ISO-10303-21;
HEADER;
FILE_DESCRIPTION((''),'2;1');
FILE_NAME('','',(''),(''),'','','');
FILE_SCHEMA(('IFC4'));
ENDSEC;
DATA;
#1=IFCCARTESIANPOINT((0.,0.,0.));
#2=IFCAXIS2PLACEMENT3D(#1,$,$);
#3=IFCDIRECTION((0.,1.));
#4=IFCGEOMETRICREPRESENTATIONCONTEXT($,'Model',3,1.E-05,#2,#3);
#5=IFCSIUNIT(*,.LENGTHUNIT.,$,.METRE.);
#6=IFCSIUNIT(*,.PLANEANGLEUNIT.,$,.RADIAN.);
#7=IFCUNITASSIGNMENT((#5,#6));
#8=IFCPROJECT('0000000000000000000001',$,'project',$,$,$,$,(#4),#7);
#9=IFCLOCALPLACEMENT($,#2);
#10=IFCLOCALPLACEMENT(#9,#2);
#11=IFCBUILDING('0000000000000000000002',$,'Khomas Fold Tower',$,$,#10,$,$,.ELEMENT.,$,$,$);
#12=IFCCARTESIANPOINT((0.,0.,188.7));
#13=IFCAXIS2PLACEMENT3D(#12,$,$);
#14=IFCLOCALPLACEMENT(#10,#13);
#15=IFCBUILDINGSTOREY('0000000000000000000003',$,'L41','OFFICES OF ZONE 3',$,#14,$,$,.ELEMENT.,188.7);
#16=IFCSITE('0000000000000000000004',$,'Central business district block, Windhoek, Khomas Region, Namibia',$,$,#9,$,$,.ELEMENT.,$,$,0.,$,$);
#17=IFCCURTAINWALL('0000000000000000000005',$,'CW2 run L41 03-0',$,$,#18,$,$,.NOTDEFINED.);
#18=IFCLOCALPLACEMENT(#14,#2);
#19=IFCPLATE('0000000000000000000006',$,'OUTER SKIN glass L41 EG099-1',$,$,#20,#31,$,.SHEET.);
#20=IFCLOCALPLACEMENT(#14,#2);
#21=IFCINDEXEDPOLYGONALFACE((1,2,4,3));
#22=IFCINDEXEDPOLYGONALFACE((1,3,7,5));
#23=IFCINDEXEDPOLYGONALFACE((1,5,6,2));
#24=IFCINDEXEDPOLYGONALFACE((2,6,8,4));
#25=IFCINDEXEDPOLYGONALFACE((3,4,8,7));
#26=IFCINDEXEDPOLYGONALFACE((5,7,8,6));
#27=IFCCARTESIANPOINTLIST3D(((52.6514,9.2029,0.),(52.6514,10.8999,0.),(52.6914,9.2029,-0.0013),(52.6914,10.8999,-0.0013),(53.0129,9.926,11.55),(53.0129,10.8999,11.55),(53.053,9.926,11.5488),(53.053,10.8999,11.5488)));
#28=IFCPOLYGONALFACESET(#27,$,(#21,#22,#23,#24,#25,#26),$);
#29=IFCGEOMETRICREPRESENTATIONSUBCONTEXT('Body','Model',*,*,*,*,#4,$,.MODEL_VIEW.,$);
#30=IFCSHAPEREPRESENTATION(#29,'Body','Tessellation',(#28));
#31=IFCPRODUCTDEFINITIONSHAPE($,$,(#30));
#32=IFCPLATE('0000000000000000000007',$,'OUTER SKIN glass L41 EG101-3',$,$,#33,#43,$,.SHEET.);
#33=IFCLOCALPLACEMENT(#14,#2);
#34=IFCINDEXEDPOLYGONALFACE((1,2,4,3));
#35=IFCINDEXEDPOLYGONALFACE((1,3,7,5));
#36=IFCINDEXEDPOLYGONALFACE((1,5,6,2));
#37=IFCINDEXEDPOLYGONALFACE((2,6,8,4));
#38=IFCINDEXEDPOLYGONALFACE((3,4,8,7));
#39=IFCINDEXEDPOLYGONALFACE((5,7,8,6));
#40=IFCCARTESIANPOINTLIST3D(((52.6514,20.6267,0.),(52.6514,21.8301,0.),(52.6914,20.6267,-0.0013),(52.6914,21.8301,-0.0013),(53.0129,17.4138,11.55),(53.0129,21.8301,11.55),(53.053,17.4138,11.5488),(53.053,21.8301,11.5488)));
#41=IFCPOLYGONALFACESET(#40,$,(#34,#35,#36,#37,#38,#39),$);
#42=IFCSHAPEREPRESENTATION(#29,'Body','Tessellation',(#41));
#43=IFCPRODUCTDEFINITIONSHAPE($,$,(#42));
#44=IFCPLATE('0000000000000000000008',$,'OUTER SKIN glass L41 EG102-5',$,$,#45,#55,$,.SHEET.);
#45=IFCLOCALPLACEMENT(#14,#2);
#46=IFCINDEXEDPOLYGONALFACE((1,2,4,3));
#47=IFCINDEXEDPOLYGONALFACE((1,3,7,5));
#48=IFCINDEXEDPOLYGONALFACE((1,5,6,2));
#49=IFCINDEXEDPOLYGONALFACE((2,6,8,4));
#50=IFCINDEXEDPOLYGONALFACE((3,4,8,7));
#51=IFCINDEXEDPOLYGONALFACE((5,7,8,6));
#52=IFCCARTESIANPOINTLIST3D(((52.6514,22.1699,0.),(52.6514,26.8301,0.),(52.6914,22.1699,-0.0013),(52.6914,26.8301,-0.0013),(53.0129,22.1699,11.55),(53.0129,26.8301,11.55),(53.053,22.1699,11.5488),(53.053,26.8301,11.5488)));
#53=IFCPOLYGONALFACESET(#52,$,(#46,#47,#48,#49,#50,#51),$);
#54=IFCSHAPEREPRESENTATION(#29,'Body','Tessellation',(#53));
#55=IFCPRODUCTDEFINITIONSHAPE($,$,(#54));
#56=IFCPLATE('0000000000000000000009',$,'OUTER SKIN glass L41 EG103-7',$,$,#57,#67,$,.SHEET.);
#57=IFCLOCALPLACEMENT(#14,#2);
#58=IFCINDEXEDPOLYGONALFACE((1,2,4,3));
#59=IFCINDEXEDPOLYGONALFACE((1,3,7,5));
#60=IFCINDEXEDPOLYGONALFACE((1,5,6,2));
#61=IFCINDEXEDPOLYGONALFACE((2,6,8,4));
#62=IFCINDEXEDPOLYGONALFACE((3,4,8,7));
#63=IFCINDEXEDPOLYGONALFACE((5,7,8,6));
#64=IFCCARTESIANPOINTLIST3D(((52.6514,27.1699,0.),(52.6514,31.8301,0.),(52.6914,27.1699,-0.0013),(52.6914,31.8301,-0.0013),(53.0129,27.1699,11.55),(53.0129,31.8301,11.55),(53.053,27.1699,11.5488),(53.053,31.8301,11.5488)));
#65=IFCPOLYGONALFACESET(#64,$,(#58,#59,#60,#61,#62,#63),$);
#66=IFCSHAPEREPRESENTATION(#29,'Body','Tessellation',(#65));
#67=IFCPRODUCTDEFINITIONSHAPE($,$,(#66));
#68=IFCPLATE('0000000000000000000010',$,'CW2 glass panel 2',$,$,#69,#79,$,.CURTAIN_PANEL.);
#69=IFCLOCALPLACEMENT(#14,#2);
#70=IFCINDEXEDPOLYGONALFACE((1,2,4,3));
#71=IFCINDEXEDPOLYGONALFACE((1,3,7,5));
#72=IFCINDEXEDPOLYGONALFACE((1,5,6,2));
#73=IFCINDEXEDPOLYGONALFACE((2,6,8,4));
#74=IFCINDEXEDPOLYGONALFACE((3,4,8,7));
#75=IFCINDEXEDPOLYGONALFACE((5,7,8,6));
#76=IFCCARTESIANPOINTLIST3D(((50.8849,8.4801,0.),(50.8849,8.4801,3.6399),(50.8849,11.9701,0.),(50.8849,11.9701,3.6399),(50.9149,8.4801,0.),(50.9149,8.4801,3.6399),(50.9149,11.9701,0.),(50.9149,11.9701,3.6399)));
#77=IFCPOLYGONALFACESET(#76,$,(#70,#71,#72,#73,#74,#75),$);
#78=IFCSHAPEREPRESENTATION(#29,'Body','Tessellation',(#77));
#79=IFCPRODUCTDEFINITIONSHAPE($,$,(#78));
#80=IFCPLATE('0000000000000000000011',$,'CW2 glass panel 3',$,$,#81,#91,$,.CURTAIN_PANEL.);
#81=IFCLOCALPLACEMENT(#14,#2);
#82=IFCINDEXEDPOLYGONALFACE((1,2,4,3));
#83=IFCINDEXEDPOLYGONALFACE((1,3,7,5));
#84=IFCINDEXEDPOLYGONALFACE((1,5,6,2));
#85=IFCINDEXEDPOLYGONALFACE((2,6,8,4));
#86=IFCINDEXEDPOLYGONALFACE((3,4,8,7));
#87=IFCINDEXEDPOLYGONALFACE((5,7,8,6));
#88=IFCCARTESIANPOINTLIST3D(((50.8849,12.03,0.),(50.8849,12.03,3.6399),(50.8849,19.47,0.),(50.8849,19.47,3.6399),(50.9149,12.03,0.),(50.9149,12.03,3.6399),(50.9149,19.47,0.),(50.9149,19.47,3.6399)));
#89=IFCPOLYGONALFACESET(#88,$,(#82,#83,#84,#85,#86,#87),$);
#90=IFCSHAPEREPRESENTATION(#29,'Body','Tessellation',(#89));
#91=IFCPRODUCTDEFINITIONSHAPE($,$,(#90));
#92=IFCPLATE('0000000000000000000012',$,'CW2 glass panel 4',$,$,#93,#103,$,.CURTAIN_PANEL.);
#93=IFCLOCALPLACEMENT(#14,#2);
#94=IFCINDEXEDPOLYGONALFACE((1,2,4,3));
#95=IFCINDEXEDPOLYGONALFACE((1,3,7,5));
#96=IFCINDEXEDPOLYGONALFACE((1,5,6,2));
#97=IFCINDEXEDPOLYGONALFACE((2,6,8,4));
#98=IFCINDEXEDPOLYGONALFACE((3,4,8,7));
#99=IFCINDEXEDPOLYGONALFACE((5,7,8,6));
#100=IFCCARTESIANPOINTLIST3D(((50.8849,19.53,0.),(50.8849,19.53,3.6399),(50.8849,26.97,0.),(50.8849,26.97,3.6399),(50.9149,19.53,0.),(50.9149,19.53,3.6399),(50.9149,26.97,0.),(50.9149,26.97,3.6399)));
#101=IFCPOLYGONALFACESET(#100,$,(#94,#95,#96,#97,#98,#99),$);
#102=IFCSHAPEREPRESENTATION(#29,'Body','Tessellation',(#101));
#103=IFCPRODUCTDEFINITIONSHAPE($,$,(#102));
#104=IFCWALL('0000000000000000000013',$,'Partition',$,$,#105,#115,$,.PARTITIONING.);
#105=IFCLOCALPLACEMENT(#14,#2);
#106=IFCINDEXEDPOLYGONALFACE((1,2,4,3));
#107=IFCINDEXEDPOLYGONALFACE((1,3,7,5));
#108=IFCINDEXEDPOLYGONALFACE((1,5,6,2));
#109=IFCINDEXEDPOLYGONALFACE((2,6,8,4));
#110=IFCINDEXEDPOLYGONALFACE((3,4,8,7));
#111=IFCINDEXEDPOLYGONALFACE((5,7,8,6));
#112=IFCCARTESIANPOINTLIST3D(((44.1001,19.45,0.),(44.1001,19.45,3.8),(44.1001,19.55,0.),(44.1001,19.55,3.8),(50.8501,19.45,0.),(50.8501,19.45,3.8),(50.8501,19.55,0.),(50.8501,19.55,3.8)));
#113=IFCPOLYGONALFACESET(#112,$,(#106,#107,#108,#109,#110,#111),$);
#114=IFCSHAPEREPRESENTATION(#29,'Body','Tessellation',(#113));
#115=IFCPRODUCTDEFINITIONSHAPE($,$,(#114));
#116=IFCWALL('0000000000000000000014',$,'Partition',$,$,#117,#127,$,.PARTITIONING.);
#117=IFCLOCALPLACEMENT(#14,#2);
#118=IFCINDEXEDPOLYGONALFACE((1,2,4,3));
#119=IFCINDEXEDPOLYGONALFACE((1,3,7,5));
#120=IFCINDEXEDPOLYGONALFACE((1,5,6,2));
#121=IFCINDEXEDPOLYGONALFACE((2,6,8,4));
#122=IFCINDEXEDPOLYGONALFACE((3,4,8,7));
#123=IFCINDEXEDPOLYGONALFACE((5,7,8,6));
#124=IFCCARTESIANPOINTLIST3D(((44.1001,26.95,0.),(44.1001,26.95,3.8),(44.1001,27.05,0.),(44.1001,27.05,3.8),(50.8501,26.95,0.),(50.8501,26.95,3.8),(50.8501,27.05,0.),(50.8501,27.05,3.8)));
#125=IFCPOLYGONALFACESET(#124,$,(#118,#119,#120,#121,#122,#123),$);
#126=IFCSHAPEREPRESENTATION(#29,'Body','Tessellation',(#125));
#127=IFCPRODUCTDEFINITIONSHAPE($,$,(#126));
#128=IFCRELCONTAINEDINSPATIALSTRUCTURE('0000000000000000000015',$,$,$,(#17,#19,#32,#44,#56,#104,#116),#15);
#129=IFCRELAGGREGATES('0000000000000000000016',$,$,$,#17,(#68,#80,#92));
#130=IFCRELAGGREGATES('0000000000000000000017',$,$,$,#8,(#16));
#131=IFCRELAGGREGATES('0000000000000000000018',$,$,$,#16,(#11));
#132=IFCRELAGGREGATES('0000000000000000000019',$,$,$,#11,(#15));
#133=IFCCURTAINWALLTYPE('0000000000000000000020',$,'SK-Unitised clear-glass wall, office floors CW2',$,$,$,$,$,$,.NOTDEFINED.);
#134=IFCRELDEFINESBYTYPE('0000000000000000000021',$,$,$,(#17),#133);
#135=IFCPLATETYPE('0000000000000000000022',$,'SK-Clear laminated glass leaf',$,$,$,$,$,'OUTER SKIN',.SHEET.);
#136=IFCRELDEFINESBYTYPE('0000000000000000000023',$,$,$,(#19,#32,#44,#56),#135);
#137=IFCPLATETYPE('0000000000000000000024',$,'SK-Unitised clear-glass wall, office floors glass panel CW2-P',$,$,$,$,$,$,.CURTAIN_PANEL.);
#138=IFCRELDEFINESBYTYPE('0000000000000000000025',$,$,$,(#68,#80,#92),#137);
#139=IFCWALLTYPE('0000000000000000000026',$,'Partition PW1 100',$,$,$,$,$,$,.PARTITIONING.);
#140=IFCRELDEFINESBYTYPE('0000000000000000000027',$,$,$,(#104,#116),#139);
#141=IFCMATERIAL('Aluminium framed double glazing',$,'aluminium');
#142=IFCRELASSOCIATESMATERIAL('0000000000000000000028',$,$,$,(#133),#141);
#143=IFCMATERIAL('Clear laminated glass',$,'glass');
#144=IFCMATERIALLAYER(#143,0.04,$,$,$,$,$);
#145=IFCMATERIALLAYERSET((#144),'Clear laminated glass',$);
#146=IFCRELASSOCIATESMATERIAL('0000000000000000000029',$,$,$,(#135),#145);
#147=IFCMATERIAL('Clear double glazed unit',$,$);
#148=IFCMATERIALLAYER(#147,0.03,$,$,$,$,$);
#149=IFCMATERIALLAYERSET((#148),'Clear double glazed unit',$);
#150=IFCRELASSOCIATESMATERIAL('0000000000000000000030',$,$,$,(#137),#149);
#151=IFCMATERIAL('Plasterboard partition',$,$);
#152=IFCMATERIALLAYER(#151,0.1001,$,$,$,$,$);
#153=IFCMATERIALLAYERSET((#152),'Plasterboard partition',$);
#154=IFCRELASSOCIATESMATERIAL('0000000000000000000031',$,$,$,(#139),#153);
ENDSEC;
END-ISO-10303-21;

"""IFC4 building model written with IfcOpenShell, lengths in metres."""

from ifc_helpers import new_model, si_unit, direction, frame, frame_2d, origin, origin_2d, place, context, subcontext, project, spatial, polyline, rectangle, outline, extrude, source, transform, mapped, material, layer, layer_set, type_object, element, aggregate, save


model = new_model("IFC4")

# Units and contexts
model_context = context("Model", 3, precision=1e-05, world=origin(), true_north=direction((0.0, 1.0)))
body_context = subcontext(model_context, "Body", "Model", "MODEL_VIEW")
ifc_project = project(units=[si_unit("LENGTHUNIT", "METRE"), si_unit("PLANEANGLEUNIT", "RADIAN")], contexts=[model_context])

# Site, building, storey
site_placement = place(None, origin())
site = spatial("IfcSite", under=ifc_project, at=site_placement, Name="Central business district block, Windhoek, Khomas Region, Namibia", CompositionType="ELEMENT", RefElevation=0.0)
building_placement = place(site_placement, origin())
building = spatial("IfcBuilding", under=site, at=building_placement, Name="Khomas Fold Tower", CompositionType="ELEMENT")
storey_placement = place(building_placement, frame((0.0, 0.0, 188.7)))
storey = spatial("IfcBuildingStorey", under=building, at=storey_placement, Name="L41", Description="OFFICES OF ZONE 3", CompositionType="ELEMENT", Elevation=188.7)

# Curtain wall
ifc_material_1 = material(Name="Aluminium framed double glazing", Category="aluminium")
curtain_wall_type = type_object("IfcCurtainWallType", Name="SK-Unitised clear-glass wall, office floors CW2", PredefinedType="NOTDEFINED", material=ifc_material_1)
curtain_wall_placement = place(storey_placement, origin())
curtain_wall = element("IfcCurtainWall", 1, at=curtain_wall_placement, inside=storey, type_object=curtain_wall_type, Name="CW2 run L41 03-0", PredefinedType="NOTDEFINED")

# Plates
ifc_material_2 = material(Name="Clear laminated glass", Category="glass")
ifc_layer_1 = layer(ifc_material_2, 0.04)
ifc_layer_set_1 = layer_set([ifc_layer_1], Name="Clear laminated glass")
plate_type_1 = type_object("IfcPlateType", Name="SK-Clear laminated glass leaf", ElementType="OUTER SKIN", PredefinedType="SHEET", material=ifc_layer_set_1)
plate_1_placement = place(storey_placement, frame((52.6514, 10.8999, 0.0), z_axis=(-0.99951, 0.0, 0.031289), x_axis=(0.0, -1.0, 0.0)))
element("IfcPlate", 2, at=plate_1_placement, inside=storey, type_object=plate_type_1, Name="OUTER SKIN glass L41 EG099-1", PredefinedType="SHEET", context=body_context, shape_type="SweptSolid", body=[
    extrude(outline(polyline([(0.0, 0.0), (1.697, 0.0), (0.9739, 11.5557), (0.0, 11.5557), (0.0, 0.0)])), origin(), (0.0, 0.0, -1.0), 0.04),
])
plate_2_placement = place(storey_placement, frame((52.6514, 20.6267, 0.0), z_axis=(-0.99951, 0.0, 0.031289), x_axis=(0.030146, -0.267874, 0.962982)))
element("IfcPlate", 3, at=plate_2_placement, inside=storey, type_object=plate_type_1, Name="OUTER SKIN glass L41 EG101-3", PredefinedType="SHEET", context=body_context, shape_type="SweptSolid", body=[
    extrude(outline(polyline([(0.0, 0.0), (11.994, 0.0), (10.811, 4.2549), (-0.3224, 1.1594), (0.0, 0.0)])), origin(), (0.0, 0.0, -1.0), 0.04),
])
for number, where, z_axis, x_axis, name in (
    (4, (52.6514, 22.1699, 0.0), (-0.99951, 0.0, 0.031289), (0.031289, 0.0, 0.99951), "OUTER SKIN glass L41 EG102-5"),
    (5, (52.6514, 27.1699, 0.0), (-0.99951, 0.0, 0.031289), (0.031289, 0.0, 0.99951), "OUTER SKIN glass L41 EG103-7"),
):
    element("IfcPlate", number, at=place(storey_placement, frame(where, z_axis=z_axis, x_axis=x_axis)), inside=storey, type_object=plate_type_1, Name=name, PredefinedType="SHEET", context=body_context, shape_type="SweptSolid", body=[
        extrude(outline(polyline([(0.0, 0.0), (11.5557, 0.0), (11.5557, 4.6602), (0.0, 4.6602), (0.0, 0.0)])), origin(), (0.0, 0.0, -1.0), 0.04),
    ])

# Plates
ifc_material_3 = material(Name="Clear double glazed unit")
ifc_layer_2 = layer(ifc_material_3, 0.03)
ifc_layer_set_2 = layer_set([ifc_layer_2], Name="Clear double glazed unit")
plate_type_2 = type_object("IfcPlateType", Name="SK-Unitised clear-glass wall, office floors glass panel CW2-P", PredefinedType="CURTAIN_PANEL", material=ifc_layer_set_2)
shared_shape_1 = source(origin(), body_context, "Body", "SweptSolid", [
    extrude(rectangle(XDim=3.49, YDim=0.03, at=origin_2d()), origin(), (0.0, 0.0, 1.0), 3.6399),
])
plate_3_placement = place(storey_placement, frame((50.8999, 10.2251, 0.0), z_axis=(0.0, 0.0, 1.0), x_axis=(0.0, 1.0, 0.0)))
plate_3 = element("IfcPlate", 6, at=plate_3_placement, type_object=plate_type_2, Name="CW2 glass panel 2", PredefinedType="CURTAIN_PANEL", context=body_context, shape_type="MappedRepresentation", body=[
    mapped(shared_shape_1, transform((0.0, 0.0, 0.0))),
])
shared_shape_2 = source(origin(), body_context, "Body", "SweptSolid", [
    extrude(rectangle(XDim=7.4399, YDim=0.03, at=origin_2d()), origin(), (0.0, 0.0, 1.0), 3.6399),
])
plate_4_placement = place(storey_placement, frame((50.8999, 15.75, 0.0), z_axis=(0.0, 0.0, 1.0), x_axis=(0.0, 1.0, 0.0)))
plate_4 = element("IfcPlate", 7, at=plate_4_placement, type_object=plate_type_2, Name="CW2 glass panel 3", PredefinedType="CURTAIN_PANEL", context=body_context, shape_type="MappedRepresentation", body=[
    mapped(shared_shape_2, transform((0.0, 0.0, 0.0))),
])
plate_5_placement = place(storey_placement, frame((50.8999, 23.25, 0.0), z_axis=(0.0, 0.0, 1.0), x_axis=(0.0, 1.0, 0.0)))
plate_5 = element("IfcPlate", 8, at=plate_5_placement, type_object=plate_type_2, Name="CW2 glass panel 4", PredefinedType="CURTAIN_PANEL", context=body_context, shape_type="MappedRepresentation", body=[
    mapped(shared_shape_2, transform((0.0, 0.0, 0.0))),
])
aggregate(curtain_wall, [plate_3, plate_4, plate_5])

# Walls
ifc_material_4 = material(Name="Plasterboard partition")
ifc_layer_3 = layer(ifc_material_4, 0.1001)
ifc_layer_set_3 = layer_set([ifc_layer_3], Name="Plasterboard partition")
wall_type_1 = type_object("IfcWallType", Name="Partition PW1 100", PredefinedType="PARTITIONING", material=ifc_layer_set_3)
shared_shape_3 = source(origin(), body_context, "Body", "SweptSolid", [
    extrude(rectangle(XDim=6.75, YDim=0.1001, at=frame_2d((3.375, 0.0))), origin(), (0.0, 0.0, 1.0), 3.8),
])
for number, where, z_axis, x_axis, name in (
    (9, (44.1001, 19.5, 0.0), (0.0, 0.0, 1.0), (1.0, 0.0, 0.0), "Partition"),
    (10, (44.1001, 27.0, 0.0), (0.0, 0.0, 1.0), (1.0, 0.0, 0.0), "Partition"),
):
    element("IfcWall", number, at=place(storey_placement, frame(where, z_axis=z_axis, x_axis=x_axis)), inside=storey, type_object=wall_type_1, Name=name, PredefinedType="PARTITIONING", context=body_context, shape_type="MappedRepresentation", body=[
        mapped(shared_shape_3, transform((0.0, 0.0, 0.0))),
    ])

save(model, "model.ifc")
